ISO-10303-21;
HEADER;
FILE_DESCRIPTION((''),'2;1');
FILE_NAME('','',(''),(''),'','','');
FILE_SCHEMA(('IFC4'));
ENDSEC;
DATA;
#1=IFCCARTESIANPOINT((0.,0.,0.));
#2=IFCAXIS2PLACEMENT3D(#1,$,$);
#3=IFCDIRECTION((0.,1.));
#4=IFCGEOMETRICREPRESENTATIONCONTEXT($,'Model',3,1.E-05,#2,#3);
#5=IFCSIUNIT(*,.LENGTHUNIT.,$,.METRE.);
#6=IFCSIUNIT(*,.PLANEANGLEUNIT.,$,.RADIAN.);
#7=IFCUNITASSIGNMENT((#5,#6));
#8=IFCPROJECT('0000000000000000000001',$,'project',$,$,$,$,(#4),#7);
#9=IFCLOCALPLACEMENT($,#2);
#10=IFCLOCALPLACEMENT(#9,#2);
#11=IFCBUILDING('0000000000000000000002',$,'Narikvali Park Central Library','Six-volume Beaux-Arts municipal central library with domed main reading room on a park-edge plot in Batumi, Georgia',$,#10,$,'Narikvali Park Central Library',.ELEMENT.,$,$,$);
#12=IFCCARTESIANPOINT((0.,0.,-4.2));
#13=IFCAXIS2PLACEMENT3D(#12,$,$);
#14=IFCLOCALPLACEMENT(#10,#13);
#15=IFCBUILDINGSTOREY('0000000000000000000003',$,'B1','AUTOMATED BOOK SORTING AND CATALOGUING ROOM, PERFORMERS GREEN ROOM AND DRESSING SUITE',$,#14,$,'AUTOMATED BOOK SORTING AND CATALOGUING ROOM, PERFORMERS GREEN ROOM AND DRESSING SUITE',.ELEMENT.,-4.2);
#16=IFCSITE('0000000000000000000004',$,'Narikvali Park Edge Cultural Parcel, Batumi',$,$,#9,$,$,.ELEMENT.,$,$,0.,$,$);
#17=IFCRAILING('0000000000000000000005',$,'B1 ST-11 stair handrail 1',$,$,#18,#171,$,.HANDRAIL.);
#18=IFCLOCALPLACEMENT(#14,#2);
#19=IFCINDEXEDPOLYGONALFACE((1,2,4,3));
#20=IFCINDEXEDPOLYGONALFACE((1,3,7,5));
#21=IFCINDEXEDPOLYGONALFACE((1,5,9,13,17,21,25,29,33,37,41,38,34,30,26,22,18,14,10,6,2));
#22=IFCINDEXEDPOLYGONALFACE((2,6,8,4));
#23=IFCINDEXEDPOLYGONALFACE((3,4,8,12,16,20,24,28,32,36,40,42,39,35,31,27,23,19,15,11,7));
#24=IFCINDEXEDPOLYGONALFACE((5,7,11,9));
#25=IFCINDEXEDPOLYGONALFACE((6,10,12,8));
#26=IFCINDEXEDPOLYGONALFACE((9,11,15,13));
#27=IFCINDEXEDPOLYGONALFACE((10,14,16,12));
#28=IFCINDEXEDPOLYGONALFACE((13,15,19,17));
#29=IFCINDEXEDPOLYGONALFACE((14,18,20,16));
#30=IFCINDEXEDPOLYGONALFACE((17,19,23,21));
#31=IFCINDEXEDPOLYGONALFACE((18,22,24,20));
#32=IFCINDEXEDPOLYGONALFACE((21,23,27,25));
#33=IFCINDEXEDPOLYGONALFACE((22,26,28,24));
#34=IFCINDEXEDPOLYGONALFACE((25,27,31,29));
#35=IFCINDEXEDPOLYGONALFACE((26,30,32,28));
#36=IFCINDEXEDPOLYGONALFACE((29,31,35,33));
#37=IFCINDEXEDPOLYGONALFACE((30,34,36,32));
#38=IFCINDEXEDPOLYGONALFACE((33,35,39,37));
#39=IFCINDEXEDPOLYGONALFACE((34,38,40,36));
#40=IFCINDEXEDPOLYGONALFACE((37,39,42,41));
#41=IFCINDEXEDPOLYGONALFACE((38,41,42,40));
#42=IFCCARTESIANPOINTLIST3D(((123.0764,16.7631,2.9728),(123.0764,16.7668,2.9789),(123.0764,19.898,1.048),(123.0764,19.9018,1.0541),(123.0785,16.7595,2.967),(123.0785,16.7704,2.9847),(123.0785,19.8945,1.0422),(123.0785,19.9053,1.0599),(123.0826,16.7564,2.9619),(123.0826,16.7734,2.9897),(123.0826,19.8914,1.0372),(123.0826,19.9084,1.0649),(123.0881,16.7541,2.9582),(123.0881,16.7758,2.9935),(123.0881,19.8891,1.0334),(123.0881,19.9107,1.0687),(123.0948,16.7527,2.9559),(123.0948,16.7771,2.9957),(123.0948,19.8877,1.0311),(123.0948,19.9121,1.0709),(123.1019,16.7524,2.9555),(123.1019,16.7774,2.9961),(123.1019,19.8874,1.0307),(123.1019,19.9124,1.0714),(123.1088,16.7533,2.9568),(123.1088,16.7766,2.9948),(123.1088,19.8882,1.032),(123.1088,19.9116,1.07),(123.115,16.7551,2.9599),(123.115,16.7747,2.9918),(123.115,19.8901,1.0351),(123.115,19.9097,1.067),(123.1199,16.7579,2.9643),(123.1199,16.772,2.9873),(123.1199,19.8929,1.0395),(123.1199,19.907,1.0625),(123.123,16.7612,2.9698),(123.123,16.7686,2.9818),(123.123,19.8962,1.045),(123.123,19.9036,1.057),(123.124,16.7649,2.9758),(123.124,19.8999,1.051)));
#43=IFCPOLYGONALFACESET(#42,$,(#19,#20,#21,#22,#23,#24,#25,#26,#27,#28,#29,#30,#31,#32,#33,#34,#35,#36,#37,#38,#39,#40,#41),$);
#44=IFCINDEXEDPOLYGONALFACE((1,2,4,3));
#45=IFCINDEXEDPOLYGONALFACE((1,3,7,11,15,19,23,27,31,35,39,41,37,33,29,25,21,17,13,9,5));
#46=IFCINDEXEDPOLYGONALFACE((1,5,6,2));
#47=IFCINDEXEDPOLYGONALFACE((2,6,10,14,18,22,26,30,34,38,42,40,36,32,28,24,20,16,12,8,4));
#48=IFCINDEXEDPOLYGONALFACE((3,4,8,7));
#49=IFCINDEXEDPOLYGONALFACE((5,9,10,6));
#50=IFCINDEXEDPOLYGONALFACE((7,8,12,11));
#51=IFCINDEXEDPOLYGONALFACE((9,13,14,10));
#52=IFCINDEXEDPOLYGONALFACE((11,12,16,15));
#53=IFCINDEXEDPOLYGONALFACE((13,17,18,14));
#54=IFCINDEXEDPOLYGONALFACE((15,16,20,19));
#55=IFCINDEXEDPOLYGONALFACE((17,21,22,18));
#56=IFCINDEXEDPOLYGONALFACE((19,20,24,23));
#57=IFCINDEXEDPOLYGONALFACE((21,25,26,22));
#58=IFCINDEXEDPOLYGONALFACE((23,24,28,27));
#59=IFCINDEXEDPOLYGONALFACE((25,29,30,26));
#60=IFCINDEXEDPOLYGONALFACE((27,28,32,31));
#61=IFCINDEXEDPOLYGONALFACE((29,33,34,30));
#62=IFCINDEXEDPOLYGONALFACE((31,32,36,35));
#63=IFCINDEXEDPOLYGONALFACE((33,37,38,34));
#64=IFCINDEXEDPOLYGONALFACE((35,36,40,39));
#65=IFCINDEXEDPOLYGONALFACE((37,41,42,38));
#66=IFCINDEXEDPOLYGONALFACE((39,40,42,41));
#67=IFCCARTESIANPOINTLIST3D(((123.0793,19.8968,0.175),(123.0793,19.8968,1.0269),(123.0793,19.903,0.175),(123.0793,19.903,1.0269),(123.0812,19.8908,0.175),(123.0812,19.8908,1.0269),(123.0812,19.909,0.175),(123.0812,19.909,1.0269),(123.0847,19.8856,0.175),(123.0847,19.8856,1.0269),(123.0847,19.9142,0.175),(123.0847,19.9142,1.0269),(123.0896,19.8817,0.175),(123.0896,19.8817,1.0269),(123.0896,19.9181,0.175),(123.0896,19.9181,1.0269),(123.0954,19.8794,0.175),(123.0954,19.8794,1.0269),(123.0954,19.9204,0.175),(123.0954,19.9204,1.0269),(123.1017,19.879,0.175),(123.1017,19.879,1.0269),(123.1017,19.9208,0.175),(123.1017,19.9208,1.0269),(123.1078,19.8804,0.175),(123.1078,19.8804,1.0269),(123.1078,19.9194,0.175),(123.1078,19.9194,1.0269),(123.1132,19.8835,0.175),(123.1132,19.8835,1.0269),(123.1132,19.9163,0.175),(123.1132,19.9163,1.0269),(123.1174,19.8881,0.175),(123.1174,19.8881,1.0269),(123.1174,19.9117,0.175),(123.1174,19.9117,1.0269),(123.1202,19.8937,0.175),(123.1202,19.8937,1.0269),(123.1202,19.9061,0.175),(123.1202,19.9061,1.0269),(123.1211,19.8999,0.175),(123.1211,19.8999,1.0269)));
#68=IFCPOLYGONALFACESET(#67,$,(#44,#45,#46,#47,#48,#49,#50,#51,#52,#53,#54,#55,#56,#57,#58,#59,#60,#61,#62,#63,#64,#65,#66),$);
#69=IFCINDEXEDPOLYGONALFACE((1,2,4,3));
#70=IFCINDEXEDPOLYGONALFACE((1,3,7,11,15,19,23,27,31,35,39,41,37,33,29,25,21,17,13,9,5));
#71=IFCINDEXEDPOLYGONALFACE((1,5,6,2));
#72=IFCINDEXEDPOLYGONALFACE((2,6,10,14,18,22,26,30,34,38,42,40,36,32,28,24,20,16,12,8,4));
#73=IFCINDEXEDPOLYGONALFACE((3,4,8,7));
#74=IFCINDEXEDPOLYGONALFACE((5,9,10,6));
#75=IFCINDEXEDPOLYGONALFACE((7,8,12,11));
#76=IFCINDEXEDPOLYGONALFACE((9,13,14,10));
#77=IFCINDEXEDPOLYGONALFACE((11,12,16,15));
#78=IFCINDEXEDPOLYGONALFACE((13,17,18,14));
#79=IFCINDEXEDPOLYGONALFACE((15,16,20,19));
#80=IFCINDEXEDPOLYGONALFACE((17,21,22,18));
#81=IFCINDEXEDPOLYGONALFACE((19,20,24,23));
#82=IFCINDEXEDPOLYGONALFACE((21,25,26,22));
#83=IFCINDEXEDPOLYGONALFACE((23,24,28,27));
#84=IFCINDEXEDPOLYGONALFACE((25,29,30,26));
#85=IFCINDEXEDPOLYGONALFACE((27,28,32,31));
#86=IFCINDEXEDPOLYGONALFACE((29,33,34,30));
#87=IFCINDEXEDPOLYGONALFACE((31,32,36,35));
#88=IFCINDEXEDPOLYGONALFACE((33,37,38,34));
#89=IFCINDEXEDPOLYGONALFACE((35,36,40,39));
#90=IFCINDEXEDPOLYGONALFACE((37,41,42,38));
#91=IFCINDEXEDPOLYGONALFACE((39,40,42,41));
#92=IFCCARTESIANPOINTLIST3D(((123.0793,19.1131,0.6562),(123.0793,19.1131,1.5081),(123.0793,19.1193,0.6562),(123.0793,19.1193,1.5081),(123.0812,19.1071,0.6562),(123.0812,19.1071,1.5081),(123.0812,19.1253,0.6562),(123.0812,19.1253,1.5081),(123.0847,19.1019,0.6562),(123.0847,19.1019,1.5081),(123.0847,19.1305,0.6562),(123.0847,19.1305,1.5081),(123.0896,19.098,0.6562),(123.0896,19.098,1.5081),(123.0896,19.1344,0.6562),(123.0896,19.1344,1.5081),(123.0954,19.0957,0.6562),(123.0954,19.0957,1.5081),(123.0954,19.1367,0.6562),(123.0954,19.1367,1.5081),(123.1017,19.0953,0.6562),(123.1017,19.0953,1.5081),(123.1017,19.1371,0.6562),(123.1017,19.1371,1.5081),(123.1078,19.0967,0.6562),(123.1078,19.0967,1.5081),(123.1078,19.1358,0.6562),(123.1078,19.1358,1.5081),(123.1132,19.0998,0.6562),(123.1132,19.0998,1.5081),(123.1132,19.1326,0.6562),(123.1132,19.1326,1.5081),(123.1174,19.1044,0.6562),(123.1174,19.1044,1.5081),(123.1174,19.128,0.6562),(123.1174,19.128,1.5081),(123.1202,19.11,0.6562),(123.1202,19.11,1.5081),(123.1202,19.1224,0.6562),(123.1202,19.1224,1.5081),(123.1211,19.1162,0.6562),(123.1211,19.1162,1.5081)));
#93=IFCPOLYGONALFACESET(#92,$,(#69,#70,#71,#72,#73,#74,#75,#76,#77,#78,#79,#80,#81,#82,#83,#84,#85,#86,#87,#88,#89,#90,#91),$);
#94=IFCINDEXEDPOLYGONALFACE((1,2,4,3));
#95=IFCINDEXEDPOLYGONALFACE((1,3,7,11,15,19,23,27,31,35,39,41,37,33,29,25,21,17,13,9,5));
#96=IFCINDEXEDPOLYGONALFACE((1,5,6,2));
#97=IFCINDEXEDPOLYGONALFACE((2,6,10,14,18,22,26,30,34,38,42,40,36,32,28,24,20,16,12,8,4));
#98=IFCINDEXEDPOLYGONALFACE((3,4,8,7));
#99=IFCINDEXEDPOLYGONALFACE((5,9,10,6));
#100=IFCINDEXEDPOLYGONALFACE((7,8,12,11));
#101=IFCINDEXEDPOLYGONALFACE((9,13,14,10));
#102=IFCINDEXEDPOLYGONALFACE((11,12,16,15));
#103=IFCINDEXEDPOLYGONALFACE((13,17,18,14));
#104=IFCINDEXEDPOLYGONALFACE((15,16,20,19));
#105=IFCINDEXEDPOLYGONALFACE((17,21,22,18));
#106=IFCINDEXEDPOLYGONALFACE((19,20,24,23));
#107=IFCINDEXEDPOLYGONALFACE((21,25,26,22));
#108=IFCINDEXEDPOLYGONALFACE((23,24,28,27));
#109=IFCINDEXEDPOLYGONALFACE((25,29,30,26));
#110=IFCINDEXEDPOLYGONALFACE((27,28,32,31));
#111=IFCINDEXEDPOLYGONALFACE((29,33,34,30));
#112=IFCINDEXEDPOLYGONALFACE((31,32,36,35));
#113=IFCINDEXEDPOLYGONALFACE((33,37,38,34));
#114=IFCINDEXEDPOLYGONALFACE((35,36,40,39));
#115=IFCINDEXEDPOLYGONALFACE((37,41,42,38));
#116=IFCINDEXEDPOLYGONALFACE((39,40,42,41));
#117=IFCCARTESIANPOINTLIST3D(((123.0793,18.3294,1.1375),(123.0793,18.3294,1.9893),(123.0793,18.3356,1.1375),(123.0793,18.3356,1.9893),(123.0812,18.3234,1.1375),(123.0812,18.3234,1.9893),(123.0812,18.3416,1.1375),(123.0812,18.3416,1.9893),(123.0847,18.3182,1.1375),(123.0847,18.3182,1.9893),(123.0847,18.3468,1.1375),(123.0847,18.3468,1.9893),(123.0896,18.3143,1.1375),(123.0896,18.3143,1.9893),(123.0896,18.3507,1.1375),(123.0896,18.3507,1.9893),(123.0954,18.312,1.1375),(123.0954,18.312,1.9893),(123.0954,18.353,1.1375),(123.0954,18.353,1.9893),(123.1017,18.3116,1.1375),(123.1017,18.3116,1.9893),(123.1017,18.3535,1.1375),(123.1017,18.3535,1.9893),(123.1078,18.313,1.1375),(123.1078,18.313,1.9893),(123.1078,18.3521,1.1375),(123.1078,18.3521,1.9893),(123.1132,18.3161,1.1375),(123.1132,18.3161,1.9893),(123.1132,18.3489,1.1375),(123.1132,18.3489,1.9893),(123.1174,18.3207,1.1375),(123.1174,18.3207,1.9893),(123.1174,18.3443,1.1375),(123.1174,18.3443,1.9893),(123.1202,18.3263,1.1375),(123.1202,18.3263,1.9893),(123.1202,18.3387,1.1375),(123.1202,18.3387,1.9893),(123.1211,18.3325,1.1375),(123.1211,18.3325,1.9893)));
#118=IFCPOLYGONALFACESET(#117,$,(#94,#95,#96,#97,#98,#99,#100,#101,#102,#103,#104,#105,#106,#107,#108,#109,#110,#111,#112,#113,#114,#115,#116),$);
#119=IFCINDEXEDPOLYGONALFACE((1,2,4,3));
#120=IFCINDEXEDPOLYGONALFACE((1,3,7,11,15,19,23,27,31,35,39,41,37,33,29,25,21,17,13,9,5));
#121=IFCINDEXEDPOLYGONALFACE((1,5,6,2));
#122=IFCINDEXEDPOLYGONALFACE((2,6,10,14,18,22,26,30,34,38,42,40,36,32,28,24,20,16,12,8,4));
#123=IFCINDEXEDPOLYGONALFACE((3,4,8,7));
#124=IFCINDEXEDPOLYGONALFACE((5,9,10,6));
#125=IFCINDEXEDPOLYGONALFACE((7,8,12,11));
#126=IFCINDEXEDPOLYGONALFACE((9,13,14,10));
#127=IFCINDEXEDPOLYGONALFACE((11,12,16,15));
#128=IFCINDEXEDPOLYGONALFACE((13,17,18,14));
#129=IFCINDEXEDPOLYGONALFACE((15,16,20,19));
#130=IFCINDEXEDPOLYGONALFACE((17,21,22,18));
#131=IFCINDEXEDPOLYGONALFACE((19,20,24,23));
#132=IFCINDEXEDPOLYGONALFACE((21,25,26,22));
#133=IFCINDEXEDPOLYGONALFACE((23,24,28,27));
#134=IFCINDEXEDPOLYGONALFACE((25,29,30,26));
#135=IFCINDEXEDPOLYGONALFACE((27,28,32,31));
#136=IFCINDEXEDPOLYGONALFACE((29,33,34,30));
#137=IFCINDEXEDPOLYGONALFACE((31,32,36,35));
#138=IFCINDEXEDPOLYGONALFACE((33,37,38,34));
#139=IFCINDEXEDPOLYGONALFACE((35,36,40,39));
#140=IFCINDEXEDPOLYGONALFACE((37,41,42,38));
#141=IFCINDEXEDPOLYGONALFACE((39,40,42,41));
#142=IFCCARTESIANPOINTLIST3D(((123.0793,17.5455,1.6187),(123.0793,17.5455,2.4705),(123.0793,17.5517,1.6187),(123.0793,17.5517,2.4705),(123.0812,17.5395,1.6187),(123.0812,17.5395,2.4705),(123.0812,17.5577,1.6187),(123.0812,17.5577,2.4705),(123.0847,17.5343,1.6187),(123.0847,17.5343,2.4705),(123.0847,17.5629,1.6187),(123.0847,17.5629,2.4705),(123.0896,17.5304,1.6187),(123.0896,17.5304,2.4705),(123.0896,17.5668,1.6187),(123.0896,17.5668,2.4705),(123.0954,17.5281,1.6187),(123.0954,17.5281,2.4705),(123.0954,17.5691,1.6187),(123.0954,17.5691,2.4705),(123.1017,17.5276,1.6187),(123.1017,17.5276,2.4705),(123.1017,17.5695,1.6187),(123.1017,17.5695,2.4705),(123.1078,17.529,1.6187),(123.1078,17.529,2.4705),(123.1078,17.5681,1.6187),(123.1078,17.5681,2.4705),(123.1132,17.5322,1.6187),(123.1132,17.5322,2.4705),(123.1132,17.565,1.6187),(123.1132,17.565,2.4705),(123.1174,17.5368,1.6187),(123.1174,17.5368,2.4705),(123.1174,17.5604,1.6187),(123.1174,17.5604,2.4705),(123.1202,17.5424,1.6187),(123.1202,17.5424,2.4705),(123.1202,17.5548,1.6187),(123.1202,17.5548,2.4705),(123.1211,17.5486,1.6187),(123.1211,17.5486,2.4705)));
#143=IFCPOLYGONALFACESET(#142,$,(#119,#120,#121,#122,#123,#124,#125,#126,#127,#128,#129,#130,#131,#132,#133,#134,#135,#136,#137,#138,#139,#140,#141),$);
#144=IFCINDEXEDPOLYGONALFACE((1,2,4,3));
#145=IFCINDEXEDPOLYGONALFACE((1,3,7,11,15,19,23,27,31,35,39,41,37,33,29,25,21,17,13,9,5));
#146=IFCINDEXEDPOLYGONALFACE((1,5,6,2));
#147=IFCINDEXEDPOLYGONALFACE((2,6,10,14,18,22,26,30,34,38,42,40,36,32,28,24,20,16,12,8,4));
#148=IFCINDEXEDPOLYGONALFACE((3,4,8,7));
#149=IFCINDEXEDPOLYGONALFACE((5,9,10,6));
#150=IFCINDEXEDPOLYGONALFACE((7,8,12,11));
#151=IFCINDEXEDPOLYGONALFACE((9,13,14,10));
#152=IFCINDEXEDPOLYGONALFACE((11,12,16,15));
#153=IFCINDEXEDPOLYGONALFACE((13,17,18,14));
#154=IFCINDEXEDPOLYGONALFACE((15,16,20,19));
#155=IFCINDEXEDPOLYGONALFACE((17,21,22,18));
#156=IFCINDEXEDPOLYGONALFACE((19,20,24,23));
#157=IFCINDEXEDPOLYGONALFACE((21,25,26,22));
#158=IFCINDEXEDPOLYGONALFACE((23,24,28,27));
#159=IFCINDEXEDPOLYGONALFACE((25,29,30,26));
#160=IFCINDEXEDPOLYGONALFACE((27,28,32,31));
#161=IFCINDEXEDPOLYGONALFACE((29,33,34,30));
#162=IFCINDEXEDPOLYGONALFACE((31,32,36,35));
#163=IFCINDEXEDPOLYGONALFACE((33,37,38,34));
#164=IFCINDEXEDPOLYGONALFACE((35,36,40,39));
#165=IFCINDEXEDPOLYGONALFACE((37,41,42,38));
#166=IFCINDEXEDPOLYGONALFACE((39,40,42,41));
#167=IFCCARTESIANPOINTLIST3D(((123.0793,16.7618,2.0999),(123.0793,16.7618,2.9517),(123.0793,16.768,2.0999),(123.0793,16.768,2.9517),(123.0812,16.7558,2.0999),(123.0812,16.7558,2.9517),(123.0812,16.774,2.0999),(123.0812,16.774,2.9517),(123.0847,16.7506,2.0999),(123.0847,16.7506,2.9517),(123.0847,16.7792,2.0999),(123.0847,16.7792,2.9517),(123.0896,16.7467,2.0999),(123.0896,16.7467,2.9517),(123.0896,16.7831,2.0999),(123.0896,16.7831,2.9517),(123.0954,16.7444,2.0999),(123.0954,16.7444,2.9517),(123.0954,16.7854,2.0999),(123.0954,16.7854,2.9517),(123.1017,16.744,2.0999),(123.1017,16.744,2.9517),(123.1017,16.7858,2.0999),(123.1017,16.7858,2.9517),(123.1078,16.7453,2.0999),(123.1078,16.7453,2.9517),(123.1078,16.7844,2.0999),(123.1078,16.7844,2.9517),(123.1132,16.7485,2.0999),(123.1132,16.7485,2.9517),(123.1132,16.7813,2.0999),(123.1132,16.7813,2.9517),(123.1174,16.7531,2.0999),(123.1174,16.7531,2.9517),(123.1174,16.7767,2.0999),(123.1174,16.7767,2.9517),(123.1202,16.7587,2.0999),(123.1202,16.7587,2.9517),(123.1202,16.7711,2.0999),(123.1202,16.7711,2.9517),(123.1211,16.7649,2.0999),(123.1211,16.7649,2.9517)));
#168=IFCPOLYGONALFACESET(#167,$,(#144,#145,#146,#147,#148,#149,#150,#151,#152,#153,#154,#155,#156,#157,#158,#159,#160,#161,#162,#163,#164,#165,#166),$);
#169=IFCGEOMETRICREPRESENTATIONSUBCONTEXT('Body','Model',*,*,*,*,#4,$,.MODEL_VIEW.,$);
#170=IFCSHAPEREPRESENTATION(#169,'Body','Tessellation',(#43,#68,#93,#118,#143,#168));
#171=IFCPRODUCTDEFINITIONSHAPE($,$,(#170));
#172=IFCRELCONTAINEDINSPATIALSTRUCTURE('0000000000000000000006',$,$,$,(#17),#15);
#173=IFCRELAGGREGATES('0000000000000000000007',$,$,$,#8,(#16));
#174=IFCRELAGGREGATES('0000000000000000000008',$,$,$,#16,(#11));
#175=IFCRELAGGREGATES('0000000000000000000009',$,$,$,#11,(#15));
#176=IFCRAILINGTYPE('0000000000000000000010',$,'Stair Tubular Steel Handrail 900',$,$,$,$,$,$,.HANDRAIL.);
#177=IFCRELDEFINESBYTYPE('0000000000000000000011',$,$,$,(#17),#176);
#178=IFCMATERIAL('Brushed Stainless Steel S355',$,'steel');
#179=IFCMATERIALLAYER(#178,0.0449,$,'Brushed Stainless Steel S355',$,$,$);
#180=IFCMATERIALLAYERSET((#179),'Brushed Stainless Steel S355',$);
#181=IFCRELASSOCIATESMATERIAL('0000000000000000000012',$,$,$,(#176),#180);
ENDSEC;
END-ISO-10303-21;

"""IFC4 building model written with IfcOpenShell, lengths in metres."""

from ifc_helpers import new_model, si_unit, direction, frame, origin, origin_2d, place, context, subcontext, project, spatial, circle, extrude, material, layer, layer_set, type_object, element, save


model = new_model("IFC4")

# Units and contexts
model_context = context("Model", 3, precision=1e-05, world=origin(), true_north=direction((0.0, 1.0)))
body_context = subcontext(model_context, "Body", "Model", "MODEL_VIEW")
ifc_project = project(units=[si_unit("LENGTHUNIT", "METRE"), si_unit("PLANEANGLEUNIT", "RADIAN")], contexts=[model_context])

# Site, building, storey
site_placement = place(None, origin())
site = spatial("IfcSite", under=ifc_project, at=site_placement, Name="Narikvali Park Edge Cultural Parcel, Batumi", CompositionType="ELEMENT", RefElevation=0.0)
building_placement = place(site_placement, origin())
building = spatial("IfcBuilding", under=site, at=building_placement, Name="Narikvali Park Central Library", Description="Six-volume Beaux-Arts municipal central library with domed main reading room on a park-edge plot in Batumi, Georgia", LongName="Narikvali Park Central Library", CompositionType="ELEMENT")
storey_placement = place(building_placement, frame((0.0, 0.0, -4.2)))
storey = spatial("IfcBuildingStorey", under=building, at=storey_placement, Name="B1", Description="AUTOMATED BOOK SORTING AND CATALOGUING ROOM, PERFORMERS GREEN ROOM AND DRESSING SUITE", LongName="AUTOMATED BOOK SORTING AND CATALOGUING ROOM, PERFORMERS GREEN ROOM AND DRESSING SUITE", CompositionType="ELEMENT", Elevation=-4.2)

# Shared definitions
ifc_material_1 = material(Name="Brushed Stainless Steel S355", Category="steel")

# Railing
ifc_layer_1 = layer(ifc_material_1, 0.0449, Name="Brushed Stainless Steel S355")
ifc_layer_set_1 = layer_set([ifc_layer_1], Name="Brushed Stainless Steel S355")
railing_type_1 = type_object("IfcRailingType", Name="Stair Tubular Steel Handrail 900", PredefinedType="HANDRAIL", material=ifc_layer_set_1)
railing_1_placement = place(storey_placement, frame((123.1001, 19.8999, 0.175)))
element("IfcRailing", 1, at=railing_1_placement, inside=storey, type_object=railing_type_1, Name="B1 ST-11 stair handrail 1", PredefinedType="HANDRAIL", context=body_context, shape_type="SweptSolid", body=[
    extrude(circle(Radius=0.0239, at=origin_2d()), frame((0.0, 0.0, 0.876), z_axis=(0.0, -0.852196, 0.523223), x_axis=(1.0, 0.0, 0.0)), (0.0, 0.0, 1.0), 3.6787),
    extrude(circle(Radius=0.021, at=origin_2d()), origin(), (0.0, 0.0, 1.0), 0.8518),
    extrude(circle(Radius=0.021, at=origin_2d()), frame((0.0, -0.7837, 0.4812)), (0.0, 0.0, 1.0), 0.8518),
    extrude(circle(Radius=0.021, at=origin_2d()), frame((0.0, -1.5674, 0.9624)), (0.0, 0.0, 1.0), 0.8518),
    extrude(circle(Radius=0.021, at=origin_2d()), frame((0.0, -2.3513, 1.4436)), (0.0, 0.0, 1.0), 0.8518),
    extrude(circle(Radius=0.021, at=origin_2d()), frame((0.0, -3.135, 1.9248)), (0.0, 0.0, 1.0), 0.8518),
])

save(model, "model.ifc")
